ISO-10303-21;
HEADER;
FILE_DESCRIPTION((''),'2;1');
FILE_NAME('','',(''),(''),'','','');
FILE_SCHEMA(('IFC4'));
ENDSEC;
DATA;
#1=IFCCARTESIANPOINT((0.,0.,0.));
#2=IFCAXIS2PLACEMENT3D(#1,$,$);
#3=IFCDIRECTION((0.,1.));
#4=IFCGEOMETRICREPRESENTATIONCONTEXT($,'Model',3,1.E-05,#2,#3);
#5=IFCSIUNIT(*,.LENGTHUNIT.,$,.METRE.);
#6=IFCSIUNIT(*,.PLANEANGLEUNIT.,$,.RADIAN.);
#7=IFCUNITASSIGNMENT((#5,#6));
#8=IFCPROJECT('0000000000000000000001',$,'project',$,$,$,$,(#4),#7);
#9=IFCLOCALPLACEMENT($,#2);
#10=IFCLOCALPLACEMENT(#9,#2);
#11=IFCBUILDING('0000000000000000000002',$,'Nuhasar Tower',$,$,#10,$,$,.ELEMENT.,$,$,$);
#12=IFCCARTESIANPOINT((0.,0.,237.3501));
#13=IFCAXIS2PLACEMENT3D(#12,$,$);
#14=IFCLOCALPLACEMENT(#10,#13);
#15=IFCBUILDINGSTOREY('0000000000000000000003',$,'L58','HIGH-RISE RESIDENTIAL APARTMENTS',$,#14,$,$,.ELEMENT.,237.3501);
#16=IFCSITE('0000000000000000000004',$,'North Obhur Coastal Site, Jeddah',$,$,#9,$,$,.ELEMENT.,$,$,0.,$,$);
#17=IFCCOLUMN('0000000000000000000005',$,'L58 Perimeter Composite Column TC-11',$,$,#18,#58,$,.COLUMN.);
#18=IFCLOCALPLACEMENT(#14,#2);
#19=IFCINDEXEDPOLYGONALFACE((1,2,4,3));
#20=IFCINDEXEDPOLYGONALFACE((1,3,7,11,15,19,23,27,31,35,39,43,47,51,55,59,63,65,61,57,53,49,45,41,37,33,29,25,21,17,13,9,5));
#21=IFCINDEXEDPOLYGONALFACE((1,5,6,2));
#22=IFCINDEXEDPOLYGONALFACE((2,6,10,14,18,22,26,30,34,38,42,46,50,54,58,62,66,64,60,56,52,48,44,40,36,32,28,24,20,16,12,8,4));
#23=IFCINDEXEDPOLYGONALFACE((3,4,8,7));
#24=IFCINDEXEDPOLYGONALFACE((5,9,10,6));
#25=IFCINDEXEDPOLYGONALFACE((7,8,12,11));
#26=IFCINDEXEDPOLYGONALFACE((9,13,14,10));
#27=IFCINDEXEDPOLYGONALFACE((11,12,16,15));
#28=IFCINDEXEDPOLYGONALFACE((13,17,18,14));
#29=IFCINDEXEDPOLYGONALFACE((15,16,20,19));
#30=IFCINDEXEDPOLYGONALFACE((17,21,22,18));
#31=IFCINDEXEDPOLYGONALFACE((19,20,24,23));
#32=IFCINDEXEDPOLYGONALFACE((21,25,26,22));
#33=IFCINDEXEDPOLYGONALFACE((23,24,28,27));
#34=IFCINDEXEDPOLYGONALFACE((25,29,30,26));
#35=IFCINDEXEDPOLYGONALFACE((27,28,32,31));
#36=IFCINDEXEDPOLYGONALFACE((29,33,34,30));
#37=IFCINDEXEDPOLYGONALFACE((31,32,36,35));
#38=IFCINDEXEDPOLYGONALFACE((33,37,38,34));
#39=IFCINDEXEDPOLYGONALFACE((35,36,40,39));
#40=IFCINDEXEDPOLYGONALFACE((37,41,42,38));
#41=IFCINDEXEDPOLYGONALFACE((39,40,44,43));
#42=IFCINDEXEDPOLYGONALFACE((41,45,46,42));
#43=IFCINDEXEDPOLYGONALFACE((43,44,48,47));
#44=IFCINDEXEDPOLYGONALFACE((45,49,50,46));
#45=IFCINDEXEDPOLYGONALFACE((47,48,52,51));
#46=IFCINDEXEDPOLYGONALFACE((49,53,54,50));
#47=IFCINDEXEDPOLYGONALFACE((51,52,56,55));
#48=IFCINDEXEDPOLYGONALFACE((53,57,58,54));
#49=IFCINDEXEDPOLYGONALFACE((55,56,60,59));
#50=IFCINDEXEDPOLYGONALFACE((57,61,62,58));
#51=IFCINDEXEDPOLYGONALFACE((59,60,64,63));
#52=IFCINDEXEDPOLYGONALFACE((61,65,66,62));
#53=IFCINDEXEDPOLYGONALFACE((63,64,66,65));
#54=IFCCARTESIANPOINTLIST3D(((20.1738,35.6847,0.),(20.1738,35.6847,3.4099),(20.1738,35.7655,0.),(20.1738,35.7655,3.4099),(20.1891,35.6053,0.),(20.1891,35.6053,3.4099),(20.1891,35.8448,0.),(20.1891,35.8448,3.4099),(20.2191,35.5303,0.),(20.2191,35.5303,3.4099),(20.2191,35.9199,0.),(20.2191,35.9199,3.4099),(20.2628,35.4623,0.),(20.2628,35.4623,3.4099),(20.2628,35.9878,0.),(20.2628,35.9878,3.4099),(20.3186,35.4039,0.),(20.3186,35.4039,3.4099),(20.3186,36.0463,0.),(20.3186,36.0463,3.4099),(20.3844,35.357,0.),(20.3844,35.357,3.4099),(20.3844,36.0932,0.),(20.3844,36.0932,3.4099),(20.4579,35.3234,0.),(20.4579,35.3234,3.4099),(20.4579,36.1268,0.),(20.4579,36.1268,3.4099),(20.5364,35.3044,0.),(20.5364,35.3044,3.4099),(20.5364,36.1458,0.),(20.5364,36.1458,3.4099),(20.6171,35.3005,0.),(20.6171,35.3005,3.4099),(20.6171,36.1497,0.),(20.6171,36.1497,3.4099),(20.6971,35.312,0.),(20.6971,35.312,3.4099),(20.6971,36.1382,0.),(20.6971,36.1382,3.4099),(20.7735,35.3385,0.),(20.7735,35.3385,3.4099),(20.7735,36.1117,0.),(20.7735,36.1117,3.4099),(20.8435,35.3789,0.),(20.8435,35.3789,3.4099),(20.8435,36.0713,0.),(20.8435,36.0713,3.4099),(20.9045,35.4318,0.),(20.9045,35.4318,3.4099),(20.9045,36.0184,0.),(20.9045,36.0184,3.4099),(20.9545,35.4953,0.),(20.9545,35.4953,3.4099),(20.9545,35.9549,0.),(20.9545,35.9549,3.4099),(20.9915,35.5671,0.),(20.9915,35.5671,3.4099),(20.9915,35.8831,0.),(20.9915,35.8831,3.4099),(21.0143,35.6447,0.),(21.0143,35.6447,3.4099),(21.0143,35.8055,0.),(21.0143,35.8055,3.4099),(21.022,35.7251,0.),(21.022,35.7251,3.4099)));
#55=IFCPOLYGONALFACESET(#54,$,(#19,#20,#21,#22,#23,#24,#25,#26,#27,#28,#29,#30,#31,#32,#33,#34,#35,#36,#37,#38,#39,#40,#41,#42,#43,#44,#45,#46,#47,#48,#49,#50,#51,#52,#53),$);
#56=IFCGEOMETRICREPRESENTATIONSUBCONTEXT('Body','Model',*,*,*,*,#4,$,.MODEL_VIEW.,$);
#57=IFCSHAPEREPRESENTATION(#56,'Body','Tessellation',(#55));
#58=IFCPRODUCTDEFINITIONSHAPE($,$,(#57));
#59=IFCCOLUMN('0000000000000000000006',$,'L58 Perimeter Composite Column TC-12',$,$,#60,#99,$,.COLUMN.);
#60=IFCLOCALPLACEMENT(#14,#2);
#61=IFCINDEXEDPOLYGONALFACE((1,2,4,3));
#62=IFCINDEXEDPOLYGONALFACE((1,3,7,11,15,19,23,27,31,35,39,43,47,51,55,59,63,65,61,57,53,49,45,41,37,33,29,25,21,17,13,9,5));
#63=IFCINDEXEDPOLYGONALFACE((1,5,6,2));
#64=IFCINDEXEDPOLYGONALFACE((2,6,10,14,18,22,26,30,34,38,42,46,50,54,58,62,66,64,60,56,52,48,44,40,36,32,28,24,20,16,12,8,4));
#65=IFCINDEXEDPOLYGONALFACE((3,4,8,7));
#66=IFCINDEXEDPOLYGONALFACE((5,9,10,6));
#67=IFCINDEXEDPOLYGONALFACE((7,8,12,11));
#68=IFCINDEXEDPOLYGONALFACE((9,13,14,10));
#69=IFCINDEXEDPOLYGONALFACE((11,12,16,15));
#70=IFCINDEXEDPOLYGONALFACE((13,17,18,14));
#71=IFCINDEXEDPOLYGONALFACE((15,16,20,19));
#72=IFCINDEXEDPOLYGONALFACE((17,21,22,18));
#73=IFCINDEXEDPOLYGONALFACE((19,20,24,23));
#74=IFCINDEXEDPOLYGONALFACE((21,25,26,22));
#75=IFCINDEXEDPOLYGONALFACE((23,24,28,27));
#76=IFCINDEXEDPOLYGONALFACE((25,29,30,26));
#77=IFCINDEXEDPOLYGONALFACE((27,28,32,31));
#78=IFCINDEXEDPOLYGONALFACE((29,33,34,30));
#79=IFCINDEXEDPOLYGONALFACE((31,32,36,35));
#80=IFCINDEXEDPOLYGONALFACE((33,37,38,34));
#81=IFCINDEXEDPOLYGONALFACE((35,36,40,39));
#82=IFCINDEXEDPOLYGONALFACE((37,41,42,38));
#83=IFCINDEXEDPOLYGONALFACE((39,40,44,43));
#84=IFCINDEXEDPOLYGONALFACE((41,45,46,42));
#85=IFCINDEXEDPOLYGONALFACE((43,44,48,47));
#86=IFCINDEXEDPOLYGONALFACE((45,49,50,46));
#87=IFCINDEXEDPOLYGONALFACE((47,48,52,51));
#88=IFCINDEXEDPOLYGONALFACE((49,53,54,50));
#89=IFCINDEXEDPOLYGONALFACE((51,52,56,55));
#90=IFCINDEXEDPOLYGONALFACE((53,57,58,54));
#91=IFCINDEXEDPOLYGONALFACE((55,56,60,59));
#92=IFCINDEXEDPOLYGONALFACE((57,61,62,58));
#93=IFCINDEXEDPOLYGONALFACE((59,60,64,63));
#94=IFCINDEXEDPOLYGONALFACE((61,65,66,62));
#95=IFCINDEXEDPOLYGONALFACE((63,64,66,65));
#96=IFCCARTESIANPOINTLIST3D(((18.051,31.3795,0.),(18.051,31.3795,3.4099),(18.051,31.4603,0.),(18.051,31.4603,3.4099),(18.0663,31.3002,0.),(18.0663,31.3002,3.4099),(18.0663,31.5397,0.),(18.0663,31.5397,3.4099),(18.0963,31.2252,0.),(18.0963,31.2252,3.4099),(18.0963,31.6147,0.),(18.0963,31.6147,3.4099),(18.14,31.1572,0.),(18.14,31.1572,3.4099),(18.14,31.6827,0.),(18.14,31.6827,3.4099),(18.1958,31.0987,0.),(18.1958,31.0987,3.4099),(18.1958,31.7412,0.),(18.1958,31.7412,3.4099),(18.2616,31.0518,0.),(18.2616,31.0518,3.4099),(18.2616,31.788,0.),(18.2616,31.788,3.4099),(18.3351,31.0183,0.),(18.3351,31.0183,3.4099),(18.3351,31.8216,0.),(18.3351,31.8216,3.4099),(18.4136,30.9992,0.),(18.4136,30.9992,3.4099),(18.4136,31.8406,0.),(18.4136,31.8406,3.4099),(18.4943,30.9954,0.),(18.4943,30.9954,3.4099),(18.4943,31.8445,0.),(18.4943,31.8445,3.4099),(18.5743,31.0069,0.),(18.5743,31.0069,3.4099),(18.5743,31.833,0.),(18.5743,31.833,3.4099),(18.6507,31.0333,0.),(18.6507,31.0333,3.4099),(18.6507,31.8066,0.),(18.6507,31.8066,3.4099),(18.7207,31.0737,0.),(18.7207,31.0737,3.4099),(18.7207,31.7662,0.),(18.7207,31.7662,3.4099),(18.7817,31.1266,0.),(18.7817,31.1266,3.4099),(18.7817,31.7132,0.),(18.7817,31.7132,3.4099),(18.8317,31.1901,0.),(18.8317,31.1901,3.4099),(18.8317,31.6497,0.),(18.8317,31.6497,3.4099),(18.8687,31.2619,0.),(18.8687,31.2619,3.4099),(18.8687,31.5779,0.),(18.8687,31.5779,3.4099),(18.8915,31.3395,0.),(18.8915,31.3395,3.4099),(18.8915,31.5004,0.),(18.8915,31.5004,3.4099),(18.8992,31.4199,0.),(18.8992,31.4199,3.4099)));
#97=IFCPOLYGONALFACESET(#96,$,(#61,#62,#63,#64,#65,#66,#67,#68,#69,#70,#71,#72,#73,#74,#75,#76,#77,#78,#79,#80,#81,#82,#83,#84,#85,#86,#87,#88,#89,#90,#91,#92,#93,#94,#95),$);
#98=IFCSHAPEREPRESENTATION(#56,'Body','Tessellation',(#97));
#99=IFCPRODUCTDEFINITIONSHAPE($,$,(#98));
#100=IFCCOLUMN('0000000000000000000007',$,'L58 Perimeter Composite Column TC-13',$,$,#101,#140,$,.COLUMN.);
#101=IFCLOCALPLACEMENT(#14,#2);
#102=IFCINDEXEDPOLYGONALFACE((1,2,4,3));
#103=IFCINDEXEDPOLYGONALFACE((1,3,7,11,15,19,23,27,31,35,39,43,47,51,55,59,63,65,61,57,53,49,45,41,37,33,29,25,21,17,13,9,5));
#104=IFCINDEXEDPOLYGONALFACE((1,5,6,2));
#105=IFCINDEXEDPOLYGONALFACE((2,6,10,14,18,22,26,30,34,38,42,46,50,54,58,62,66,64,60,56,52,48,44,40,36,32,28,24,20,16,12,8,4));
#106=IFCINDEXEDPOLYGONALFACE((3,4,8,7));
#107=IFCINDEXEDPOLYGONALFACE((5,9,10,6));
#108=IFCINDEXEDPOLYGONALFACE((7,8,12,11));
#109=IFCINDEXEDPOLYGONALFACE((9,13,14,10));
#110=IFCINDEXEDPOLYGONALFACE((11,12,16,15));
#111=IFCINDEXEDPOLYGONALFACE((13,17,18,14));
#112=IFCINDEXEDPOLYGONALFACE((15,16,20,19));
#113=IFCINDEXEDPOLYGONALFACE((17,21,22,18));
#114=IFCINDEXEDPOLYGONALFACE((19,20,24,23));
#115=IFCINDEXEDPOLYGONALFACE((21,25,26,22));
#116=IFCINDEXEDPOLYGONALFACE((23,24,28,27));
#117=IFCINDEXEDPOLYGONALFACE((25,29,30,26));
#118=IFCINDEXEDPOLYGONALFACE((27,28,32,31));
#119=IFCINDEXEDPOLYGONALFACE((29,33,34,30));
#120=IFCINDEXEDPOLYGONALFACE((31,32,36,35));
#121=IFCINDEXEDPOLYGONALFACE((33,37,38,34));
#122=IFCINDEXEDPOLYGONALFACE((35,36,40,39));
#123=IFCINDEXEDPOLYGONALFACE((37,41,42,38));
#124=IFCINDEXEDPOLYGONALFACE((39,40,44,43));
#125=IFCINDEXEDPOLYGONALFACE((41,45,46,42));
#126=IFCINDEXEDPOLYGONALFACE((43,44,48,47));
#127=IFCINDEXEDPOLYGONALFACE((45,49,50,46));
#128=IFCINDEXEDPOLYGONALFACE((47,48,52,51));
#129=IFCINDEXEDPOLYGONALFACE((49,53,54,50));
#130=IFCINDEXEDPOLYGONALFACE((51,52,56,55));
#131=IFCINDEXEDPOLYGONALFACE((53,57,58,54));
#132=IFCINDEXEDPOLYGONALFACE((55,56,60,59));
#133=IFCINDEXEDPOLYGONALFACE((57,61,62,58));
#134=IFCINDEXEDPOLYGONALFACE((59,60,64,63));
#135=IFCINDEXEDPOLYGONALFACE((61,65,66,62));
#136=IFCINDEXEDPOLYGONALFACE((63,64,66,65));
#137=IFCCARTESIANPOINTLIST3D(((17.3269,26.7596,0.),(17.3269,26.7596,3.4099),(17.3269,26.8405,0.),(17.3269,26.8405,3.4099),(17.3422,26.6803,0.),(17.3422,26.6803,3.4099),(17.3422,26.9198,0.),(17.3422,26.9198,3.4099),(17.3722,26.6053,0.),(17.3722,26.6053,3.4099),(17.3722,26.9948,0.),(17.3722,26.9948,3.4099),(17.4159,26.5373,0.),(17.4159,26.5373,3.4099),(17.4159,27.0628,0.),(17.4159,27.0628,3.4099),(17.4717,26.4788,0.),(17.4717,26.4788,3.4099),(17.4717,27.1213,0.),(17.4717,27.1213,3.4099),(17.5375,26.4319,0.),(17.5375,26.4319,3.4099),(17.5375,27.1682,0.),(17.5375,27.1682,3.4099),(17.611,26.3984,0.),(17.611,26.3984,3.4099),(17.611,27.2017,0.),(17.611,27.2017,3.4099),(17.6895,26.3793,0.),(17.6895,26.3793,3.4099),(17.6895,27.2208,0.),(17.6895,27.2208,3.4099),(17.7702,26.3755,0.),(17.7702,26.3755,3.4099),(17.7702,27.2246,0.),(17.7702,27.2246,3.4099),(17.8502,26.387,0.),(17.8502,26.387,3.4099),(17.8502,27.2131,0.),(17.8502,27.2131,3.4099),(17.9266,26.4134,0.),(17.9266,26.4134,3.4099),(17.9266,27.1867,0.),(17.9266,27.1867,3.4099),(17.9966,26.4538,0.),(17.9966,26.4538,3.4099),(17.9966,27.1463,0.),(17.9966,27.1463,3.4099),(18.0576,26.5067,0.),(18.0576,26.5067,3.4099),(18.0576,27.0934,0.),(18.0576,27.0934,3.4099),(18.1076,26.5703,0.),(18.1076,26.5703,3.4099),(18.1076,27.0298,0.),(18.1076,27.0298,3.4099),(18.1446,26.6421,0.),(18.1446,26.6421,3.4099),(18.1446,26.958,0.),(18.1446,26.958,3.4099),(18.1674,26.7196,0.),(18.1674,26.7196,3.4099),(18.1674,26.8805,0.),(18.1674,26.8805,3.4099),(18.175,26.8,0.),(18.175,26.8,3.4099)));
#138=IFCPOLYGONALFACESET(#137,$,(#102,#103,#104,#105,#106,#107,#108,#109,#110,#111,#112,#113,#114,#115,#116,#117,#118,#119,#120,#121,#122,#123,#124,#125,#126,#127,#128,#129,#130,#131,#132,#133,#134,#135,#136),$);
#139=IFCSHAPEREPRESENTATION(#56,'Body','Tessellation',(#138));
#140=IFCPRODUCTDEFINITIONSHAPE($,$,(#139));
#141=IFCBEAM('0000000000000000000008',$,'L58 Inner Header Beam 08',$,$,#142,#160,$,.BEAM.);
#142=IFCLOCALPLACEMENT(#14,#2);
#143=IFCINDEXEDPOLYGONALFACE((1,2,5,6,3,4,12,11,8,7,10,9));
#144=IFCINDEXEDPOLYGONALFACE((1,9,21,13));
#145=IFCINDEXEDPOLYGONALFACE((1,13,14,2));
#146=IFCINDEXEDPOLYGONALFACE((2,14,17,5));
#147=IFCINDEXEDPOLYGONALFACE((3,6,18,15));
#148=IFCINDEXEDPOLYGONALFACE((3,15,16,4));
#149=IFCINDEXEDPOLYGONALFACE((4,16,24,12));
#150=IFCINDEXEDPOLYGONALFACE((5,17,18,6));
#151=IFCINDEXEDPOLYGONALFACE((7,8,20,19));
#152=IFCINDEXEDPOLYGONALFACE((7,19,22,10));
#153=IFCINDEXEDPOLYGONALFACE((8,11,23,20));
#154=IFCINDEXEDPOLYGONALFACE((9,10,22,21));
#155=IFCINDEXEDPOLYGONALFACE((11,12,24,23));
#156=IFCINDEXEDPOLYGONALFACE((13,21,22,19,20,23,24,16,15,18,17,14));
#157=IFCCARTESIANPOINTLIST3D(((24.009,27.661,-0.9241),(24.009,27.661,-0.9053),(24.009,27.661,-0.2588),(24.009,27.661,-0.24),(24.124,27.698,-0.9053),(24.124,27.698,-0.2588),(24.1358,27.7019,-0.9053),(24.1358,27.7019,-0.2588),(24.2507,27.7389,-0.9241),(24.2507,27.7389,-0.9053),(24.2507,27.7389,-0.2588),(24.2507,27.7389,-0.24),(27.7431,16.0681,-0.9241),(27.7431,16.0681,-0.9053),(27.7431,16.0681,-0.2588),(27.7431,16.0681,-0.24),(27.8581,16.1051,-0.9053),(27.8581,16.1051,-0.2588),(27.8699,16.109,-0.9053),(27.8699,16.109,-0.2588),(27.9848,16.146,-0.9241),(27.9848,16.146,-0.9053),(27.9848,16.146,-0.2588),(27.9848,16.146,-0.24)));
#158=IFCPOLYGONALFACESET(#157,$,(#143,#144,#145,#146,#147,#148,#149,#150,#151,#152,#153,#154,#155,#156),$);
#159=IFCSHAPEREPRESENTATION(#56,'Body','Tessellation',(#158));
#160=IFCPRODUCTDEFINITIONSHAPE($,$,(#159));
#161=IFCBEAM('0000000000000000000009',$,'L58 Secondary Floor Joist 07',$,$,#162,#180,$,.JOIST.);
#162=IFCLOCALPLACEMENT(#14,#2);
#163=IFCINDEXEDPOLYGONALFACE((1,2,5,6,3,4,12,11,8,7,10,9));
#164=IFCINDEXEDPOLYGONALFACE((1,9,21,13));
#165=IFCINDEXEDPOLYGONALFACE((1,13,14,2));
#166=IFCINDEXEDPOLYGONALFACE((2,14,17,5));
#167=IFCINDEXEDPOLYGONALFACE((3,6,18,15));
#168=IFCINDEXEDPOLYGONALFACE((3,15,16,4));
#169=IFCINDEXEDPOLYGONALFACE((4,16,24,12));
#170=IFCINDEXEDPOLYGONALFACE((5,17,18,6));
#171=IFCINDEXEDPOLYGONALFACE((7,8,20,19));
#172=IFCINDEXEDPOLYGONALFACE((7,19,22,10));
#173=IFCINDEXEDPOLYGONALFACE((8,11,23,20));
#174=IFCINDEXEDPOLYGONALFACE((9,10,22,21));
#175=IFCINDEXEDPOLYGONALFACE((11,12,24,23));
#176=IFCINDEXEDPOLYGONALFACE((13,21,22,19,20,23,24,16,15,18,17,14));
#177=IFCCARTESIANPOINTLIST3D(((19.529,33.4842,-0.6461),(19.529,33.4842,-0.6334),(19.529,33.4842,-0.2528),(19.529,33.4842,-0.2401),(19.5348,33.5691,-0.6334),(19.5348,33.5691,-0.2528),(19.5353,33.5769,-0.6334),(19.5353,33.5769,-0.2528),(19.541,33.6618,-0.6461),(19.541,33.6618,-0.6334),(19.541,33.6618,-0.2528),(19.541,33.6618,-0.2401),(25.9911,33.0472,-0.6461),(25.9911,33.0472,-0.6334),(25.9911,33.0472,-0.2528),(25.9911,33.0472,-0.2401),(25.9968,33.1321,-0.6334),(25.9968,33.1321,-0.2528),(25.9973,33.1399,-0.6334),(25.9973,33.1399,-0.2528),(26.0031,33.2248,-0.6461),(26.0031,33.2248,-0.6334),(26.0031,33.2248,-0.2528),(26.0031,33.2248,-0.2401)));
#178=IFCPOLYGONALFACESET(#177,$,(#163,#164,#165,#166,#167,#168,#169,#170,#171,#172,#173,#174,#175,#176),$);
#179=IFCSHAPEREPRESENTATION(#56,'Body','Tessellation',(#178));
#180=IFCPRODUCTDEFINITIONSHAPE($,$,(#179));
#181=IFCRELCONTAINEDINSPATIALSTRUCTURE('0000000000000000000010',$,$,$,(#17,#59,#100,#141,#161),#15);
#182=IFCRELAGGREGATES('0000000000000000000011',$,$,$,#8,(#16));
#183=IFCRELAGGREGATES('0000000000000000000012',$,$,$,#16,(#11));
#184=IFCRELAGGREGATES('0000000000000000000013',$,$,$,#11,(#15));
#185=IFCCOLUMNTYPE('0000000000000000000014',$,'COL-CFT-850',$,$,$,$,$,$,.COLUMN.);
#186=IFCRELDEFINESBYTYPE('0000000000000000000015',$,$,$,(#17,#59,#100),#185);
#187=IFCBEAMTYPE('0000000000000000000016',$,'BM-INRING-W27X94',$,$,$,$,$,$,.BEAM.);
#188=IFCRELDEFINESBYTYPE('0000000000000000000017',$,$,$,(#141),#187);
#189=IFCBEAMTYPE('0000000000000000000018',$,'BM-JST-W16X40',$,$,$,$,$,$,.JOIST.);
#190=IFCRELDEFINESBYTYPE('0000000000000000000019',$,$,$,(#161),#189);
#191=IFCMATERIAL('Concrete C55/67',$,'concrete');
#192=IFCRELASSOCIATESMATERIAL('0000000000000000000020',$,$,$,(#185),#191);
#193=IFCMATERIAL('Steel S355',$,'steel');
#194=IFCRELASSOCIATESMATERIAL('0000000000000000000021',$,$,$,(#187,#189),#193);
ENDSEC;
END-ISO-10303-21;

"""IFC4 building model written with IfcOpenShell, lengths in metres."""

from ifc_helpers import new_model, si_unit, direction, frame, origin, origin_2d, place, context, subcontext, project, spatial, circle, i_section, extrude, material, material_profile, profile_set, type_object, element, save


model = new_model("IFC4")

# Units and contexts
model_context = context("Model", 3, precision=1e-05, world=origin(), true_north=direction((0.0, 1.0)))
body_context = subcontext(model_context, "Body", "Model", "MODEL_VIEW")
ifc_project = project(units=[si_unit("LENGTHUNIT", "METRE"), si_unit("PLANEANGLEUNIT", "RADIAN")], contexts=[model_context])

# Site, building, storey
site_placement = place(None, origin())
site = spatial("IfcSite", under=ifc_project, at=site_placement, Name="North Obhur Coastal Site, Jeddah", CompositionType="ELEMENT", RefElevation=0.0)
building_placement = place(site_placement, origin())
building = spatial("IfcBuilding", under=site, at=building_placement, Name="Nuhasar Tower", CompositionType="ELEMENT")
storey_placement = place(building_placement, frame((0.0, 0.0, 237.3501)))
storey = spatial("IfcBuildingStorey", under=building, at=storey_placement, Name="L58", Description="HIGH-RISE RESIDENTIAL APARTMENTS", CompositionType="ELEMENT", Elevation=237.3501)

# Columns
ifc_material_1 = material(Name="Concrete C55/67", Category="concrete")
ifc_material_profile_1 = material_profile(ifc_material_1, circle(Radius=0.425, at=origin_2d()), Name="CFT850")
ifc_profile_set_1 = profile_set([ifc_material_profile_1], Name="Concrete C55/67")
column_type = type_object("IfcColumnType", Name="COL-CFT-850", PredefinedType="COLUMN", material=ifc_profile_set_1)
for number, where, z_axis, x_axis, name in (
    (1, (20.5969, 35.7251, 0.0), (0.0, 0.0, 1.0), (1.0, 0.0, 0.0), "L58 Perimeter Composite Column TC-11"),
    (2, (18.4741, 31.4199, 0.0), (0.0, 0.0, 1.0), (1.0, 0.0, 0.0), "L58 Perimeter Composite Column TC-12"),
    (3, (17.75, 26.8, 0.0), (0.0, 0.0, 1.0), (1.0, 0.0, 0.0), "L58 Perimeter Composite Column TC-13"),
):
    element("IfcColumn", number, at=place(storey_placement, frame(where, z_axis=z_axis, x_axis=x_axis)), inside=storey, type_object=column_type, Name=name, PredefinedType="COLUMN", context=body_context, shape_type="SweptSolid", body=[
        extrude(circle(Radius=0.425, at=origin_2d()), origin(), (0.0, 0.0, 1.0), 3.4099),
    ])

# Beams
ifc_material_2 = material(Name="Steel S355", Category="steel")
ifc_material_profile_2 = material_profile(ifc_material_2, i_section(OverallWidth=0.2539, OverallDepth=0.6841, WebThickness=0.0125, FlangeThickness=0.0188, at=origin_2d()), Name="W27X94")
ifc_profile_set_2 = profile_set([ifc_material_profile_2], Name="Steel S355")
beam_type_1 = type_object("IfcBeamType", Name="BM-INRING-W27X94", PredefinedType="BEAM", material=ifc_profile_set_2)
beam_1_placement = place(storey_placement, frame((24.1299, 27.7, -0.582), z_axis=(0.30659, -0.951842, 0.0), x_axis=(0.951842, 0.30659, 0.0)))
element("IfcBeam", 4, at=beam_1_placement, inside=storey, type_object=beam_type_1, Name="L58 Inner Header Beam 08", PredefinedType="BEAM", context=body_context, shape_type="SweptSolid", body=[
    extrude(i_section(OverallWidth=0.2539, OverallDepth=0.6841, WebThickness=0.0125, FlangeThickness=0.0188, at=origin_2d()), origin(), (0.0, 0.0, 1.0), 12.1794),
])
ifc_material_profile_3 = material_profile(ifc_material_2, i_section(OverallWidth=0.178, OverallDepth=0.406, WebThickness=0.0078, FlangeThickness=0.0127, at=origin_2d()), Name="W16X40")
ifc_profile_set_3 = profile_set([ifc_material_profile_3], Name="Steel S355")
beam_type_2 = type_object("IfcBeamType", Name="BM-JST-W16X40", PredefinedType="JOIST", material=ifc_profile_set_3)
beam_2_placement = place(storey_placement, frame((25.9971, 33.136, -0.4431), z_axis=(-0.997721, 0.067472, 0.0), x_axis=(-0.067472, -0.997721, 0.0)))
element("IfcBeam", 5, at=beam_2_placement, inside=storey, type_object=beam_type_2, Name="L58 Secondary Floor Joist 07", PredefinedType="JOIST", context=body_context, shape_type="SweptSolid", body=[
    extrude(i_section(OverallWidth=0.178, OverallDepth=0.406, WebThickness=0.0078, FlangeThickness=0.0127, at=origin_2d()), origin(), (0.0, 0.0, 1.0), 6.4768),
])

save(model, "model.ifc")
